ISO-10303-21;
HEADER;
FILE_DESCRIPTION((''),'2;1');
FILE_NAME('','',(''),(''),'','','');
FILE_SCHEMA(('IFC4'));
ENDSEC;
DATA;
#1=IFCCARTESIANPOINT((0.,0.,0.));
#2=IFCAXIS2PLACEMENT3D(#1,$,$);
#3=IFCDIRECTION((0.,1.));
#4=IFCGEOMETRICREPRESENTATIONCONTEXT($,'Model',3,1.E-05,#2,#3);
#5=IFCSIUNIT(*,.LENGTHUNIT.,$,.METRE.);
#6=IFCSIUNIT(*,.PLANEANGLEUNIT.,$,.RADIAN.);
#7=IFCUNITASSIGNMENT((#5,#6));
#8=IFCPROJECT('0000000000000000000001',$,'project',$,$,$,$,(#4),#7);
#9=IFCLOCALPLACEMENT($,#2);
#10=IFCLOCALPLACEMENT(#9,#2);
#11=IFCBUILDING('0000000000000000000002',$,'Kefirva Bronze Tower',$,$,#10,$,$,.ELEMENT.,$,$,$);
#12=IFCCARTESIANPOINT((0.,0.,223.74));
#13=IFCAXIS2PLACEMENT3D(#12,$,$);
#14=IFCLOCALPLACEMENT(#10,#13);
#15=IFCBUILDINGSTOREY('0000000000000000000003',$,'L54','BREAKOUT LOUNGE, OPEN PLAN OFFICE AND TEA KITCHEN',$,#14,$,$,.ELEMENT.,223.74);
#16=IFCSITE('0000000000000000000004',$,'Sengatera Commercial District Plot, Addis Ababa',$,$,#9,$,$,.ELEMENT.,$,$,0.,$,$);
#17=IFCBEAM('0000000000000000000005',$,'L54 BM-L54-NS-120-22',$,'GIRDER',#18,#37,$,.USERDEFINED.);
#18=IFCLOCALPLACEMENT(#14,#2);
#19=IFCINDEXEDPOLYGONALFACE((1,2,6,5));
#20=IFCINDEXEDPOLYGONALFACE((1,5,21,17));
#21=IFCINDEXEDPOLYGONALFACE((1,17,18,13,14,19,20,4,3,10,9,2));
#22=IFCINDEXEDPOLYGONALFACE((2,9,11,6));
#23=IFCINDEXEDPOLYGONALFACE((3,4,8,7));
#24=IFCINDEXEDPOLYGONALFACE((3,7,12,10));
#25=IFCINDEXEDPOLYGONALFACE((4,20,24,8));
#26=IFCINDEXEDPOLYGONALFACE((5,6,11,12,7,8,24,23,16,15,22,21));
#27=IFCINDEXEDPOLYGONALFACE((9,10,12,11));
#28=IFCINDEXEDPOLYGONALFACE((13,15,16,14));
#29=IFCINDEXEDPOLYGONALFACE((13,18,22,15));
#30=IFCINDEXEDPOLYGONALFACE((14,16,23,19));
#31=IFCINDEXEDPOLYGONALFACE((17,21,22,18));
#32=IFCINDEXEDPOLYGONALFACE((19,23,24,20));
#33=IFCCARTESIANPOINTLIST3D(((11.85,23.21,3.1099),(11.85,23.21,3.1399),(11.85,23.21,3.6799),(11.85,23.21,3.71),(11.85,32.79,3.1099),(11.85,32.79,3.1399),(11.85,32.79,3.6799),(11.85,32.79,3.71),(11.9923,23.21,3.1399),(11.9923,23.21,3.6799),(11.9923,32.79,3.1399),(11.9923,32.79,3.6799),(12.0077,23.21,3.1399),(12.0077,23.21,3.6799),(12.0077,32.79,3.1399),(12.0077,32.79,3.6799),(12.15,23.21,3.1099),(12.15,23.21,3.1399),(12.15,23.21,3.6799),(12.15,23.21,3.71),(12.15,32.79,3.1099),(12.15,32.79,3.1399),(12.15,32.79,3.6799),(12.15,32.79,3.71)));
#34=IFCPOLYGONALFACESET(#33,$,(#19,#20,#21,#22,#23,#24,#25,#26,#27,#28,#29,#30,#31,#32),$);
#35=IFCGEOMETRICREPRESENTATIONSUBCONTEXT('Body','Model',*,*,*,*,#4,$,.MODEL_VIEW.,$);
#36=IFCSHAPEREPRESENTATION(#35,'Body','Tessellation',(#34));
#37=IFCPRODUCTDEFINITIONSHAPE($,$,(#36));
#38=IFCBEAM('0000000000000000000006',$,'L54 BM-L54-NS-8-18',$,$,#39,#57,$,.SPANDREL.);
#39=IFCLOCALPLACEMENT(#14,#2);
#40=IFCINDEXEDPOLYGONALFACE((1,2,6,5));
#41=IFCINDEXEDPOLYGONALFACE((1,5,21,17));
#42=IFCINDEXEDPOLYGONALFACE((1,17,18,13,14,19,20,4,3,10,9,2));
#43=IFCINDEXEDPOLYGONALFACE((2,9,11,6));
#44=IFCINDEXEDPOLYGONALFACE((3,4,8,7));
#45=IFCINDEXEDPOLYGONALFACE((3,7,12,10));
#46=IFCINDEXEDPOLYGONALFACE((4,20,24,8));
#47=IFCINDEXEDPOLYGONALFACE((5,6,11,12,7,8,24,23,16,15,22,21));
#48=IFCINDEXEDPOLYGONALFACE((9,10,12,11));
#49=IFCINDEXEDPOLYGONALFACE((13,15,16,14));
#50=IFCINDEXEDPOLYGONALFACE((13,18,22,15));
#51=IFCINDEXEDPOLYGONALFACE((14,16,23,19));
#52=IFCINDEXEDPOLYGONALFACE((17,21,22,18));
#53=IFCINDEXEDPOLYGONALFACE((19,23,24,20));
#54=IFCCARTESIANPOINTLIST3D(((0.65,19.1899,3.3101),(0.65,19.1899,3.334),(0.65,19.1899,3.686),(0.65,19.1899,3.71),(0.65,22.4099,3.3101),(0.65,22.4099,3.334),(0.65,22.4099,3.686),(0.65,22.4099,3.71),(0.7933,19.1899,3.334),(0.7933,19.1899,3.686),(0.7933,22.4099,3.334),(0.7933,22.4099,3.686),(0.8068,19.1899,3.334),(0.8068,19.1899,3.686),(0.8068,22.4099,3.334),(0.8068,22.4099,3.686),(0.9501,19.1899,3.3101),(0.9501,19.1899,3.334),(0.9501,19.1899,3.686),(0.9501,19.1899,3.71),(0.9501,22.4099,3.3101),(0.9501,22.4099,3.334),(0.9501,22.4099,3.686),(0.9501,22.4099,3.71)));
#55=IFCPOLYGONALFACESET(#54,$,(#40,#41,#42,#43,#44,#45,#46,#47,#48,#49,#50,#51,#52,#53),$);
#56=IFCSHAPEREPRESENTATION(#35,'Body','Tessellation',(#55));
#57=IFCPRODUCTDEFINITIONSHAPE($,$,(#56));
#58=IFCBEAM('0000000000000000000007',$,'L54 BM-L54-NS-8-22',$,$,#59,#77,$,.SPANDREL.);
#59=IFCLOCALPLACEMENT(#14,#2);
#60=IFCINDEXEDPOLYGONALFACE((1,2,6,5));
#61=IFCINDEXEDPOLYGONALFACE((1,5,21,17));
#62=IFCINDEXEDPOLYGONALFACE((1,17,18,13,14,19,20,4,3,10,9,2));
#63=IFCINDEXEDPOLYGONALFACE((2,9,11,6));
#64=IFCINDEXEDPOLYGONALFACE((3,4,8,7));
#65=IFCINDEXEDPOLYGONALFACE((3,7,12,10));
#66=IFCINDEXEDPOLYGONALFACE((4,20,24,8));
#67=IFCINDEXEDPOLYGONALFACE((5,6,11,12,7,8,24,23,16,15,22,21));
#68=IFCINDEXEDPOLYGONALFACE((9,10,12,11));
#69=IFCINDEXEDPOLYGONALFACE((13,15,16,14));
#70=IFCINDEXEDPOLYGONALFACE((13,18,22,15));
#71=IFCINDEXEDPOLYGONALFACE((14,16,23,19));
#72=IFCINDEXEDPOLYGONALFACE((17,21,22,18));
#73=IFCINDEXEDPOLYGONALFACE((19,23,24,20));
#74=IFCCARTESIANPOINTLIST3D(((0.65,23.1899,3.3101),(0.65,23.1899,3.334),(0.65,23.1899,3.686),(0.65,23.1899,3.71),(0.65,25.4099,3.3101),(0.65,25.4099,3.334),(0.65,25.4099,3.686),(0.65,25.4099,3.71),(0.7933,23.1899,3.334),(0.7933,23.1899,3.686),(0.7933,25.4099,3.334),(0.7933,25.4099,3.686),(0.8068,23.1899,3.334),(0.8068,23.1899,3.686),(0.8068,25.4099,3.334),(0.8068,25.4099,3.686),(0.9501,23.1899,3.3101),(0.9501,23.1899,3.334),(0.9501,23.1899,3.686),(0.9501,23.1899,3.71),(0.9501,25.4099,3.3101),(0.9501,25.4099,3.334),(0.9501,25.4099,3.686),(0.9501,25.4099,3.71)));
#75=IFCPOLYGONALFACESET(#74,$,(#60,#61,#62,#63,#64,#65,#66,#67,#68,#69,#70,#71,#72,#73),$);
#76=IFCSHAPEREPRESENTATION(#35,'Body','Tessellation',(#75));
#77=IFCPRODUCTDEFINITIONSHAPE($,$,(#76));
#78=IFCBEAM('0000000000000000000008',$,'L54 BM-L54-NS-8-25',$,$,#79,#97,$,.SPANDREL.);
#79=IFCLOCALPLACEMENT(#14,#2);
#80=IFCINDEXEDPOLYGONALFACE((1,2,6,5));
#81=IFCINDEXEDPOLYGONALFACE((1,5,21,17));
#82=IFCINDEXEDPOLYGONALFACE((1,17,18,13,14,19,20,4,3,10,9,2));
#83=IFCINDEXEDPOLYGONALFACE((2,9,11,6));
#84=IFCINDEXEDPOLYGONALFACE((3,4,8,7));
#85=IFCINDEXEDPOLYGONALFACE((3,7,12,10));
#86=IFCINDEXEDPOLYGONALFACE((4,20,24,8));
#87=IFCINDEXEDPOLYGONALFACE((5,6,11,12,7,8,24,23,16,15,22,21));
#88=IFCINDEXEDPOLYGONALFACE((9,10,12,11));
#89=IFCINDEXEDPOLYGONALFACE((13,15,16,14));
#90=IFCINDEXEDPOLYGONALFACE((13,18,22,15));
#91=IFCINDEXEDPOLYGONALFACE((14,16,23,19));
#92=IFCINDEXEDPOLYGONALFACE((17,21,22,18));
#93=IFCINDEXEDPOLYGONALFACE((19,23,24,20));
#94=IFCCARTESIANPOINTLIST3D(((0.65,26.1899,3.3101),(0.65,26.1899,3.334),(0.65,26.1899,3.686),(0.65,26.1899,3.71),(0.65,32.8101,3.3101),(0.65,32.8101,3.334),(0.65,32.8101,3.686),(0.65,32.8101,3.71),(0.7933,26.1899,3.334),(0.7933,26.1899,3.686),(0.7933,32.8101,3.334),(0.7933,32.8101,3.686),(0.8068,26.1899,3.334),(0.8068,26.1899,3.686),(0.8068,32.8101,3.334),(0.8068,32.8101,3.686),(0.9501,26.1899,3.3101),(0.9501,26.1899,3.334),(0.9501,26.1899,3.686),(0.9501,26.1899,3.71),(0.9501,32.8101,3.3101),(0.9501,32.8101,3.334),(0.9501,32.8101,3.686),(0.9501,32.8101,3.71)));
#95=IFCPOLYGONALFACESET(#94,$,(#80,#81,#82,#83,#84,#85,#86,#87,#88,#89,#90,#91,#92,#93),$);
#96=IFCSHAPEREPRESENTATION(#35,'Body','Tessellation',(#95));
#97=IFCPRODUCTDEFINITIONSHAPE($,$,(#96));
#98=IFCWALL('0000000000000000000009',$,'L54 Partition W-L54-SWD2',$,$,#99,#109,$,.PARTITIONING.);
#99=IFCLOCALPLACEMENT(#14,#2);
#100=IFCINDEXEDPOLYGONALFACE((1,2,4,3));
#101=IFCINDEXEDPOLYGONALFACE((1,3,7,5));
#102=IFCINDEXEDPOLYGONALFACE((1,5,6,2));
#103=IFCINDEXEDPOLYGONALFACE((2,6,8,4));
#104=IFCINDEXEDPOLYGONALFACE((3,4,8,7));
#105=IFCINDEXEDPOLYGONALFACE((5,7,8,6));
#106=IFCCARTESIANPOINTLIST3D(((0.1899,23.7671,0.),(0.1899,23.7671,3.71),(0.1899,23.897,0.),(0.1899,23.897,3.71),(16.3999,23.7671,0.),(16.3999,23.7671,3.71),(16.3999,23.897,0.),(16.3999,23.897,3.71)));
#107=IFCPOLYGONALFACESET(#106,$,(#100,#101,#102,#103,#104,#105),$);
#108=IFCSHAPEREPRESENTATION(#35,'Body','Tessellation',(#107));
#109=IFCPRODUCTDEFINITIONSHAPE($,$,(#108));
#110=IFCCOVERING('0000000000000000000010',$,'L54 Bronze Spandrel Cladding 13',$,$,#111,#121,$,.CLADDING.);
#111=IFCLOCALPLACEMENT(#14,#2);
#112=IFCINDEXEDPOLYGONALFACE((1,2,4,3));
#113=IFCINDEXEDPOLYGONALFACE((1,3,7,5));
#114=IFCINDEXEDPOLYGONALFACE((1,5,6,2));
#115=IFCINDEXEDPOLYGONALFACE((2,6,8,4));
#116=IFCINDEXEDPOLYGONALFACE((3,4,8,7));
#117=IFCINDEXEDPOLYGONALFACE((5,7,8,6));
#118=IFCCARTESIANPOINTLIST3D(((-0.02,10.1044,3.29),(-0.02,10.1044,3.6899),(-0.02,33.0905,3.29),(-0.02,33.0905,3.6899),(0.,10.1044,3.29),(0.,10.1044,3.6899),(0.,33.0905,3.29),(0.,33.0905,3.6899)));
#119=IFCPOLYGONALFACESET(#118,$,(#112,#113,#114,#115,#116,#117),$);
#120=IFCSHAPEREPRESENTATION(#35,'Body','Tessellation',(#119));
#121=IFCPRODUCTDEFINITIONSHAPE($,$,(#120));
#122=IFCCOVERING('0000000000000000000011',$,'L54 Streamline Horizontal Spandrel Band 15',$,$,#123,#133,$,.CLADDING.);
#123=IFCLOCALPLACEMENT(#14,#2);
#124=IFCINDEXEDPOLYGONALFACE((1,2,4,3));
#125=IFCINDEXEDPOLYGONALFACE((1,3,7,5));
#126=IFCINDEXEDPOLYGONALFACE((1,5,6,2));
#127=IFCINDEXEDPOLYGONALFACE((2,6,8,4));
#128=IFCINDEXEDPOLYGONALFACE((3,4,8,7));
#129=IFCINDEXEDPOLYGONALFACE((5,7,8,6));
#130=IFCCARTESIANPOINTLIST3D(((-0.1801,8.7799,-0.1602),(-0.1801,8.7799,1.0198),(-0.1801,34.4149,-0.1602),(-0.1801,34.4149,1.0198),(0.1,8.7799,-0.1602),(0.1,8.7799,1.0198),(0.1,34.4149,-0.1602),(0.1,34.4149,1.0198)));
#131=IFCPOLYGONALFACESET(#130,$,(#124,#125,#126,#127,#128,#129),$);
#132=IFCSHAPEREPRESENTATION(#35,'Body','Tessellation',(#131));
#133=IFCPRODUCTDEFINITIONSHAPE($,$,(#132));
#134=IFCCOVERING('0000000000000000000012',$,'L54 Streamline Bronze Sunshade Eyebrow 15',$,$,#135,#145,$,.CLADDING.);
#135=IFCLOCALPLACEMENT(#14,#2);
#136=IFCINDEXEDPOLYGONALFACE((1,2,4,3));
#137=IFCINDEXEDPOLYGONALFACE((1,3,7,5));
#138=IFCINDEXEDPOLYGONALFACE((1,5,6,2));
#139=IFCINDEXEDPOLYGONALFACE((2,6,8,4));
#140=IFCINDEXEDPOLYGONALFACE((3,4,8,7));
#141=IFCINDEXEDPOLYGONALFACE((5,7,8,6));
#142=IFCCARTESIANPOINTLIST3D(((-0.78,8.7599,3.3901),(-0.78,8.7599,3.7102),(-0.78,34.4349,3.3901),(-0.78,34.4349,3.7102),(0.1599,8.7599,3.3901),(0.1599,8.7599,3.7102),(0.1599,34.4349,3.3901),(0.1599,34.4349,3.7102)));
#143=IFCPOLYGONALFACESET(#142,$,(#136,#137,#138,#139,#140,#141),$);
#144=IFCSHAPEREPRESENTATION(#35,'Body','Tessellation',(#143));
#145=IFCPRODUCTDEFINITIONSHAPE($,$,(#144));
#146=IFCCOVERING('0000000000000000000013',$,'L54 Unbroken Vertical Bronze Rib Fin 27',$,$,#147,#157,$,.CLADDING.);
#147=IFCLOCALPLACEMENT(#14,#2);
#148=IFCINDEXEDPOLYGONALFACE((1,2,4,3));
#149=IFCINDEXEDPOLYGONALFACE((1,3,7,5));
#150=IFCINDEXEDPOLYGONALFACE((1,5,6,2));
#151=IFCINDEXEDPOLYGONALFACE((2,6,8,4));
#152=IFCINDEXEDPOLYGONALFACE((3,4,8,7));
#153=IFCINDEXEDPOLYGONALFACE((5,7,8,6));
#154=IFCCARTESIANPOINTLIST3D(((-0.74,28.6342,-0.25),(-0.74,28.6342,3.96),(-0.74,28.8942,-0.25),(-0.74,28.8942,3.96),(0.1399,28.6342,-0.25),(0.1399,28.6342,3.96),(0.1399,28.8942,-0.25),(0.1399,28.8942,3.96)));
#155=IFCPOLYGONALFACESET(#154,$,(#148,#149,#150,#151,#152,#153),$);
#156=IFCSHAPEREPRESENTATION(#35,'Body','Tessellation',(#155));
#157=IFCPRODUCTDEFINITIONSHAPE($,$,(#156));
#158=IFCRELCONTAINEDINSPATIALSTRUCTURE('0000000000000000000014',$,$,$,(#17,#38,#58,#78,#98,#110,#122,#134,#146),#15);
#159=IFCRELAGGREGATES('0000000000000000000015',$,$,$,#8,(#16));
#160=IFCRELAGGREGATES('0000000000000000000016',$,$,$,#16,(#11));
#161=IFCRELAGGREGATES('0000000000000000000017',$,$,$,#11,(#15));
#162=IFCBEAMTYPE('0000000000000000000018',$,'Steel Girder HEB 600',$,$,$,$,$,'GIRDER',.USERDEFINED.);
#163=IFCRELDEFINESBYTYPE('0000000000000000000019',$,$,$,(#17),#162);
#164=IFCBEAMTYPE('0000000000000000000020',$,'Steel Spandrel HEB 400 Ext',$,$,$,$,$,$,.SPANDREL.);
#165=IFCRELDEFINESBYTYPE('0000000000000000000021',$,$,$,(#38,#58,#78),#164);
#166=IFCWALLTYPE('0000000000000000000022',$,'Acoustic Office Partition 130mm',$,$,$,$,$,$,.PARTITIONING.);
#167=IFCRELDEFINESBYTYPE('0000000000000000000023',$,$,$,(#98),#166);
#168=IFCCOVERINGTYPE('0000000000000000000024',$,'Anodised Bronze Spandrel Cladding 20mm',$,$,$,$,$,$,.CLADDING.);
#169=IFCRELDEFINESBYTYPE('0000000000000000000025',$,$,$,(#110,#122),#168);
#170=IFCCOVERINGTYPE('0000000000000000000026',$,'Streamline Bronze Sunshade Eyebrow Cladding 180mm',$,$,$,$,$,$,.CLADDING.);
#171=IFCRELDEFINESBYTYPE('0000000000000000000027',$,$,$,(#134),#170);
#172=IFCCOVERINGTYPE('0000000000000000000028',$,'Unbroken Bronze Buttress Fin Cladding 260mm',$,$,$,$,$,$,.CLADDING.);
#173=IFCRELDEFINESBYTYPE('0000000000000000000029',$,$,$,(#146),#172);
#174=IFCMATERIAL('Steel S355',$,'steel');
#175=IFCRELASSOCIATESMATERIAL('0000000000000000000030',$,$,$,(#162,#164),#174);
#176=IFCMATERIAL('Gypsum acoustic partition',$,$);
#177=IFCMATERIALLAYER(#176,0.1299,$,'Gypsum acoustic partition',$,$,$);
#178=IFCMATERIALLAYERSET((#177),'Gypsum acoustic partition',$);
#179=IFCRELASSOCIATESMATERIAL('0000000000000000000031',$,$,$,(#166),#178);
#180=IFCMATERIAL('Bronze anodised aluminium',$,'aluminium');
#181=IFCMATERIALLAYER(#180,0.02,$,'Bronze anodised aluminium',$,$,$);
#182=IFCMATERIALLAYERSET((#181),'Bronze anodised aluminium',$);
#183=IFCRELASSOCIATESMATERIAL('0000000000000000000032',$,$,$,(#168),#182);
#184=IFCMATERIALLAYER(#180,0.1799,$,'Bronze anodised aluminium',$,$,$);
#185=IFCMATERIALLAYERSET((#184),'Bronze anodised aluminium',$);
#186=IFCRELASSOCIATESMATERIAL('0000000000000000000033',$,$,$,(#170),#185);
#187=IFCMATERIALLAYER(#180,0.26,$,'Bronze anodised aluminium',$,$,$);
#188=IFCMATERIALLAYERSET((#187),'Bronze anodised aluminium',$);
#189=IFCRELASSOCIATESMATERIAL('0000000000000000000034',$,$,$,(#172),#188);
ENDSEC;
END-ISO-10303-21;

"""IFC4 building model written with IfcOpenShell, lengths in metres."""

from ifc_helpers import new_model, si_unit, direction, frame, frame_2d, origin, origin_2d, place, context, subcontext, project, spatial, rectangle, i_section, extrude, material, layer, layer_set, material_profile, profile_set, type_object, element, save


model = new_model("IFC4")

# Units and contexts
model_context = context("Model", 3, precision=1e-05, world=origin(), true_north=direction((0.0, 1.0)))
body_context = subcontext(model_context, "Body", "Model", "MODEL_VIEW")
ifc_project = project(units=[si_unit("LENGTHUNIT", "METRE"), si_unit("PLANEANGLEUNIT", "RADIAN")], contexts=[model_context])

# Site, building, storey
site_placement = place(None, origin())
site = spatial("IfcSite", under=ifc_project, at=site_placement, Name="Sengatera Commercial District Plot, Addis Ababa", CompositionType="ELEMENT", RefElevation=0.0)
building_placement = place(site_placement, origin())
building = spatial("IfcBuilding", under=site, at=building_placement, Name="Kefirva Bronze Tower", CompositionType="ELEMENT")
storey_placement = place(building_placement, frame((0.0, 0.0, 223.74)))
storey = spatial("IfcBuildingStorey", under=building, at=storey_placement, Name="L54", Description="BREAKOUT LOUNGE, OPEN PLAN OFFICE AND TEA KITCHEN", CompositionType="ELEMENT", Elevation=223.74)

# Beams
ifc_material_1 = material(Name="Steel S355", Category="steel")
ifc_material_profile_1 = material_profile(ifc_material_1, i_section(OverallWidth=0.3, OverallDepth=0.6001, WebThickness=0.0154, FlangeThickness=0.03, at=origin_2d()), Name="HEB 600")
ifc_profile_set_1 = profile_set([ifc_material_profile_1], Name="Steel S355")
beam_type_1 = type_object("IfcBeamType", Name="Steel Girder HEB 600", ElementType="GIRDER", PredefinedType="USERDEFINED", material=ifc_profile_set_1)
beam_1_placement = place(storey_placement, frame((12.0, 23.21, 3.4099), z_axis=(0.0, 1.0, 0.0), x_axis=(-1.0, 0.0, 0.0)))
element("IfcBeam", 1, at=beam_1_placement, inside=storey, type_object=beam_type_1, Name="L54 BM-L54-NS-120-22", ObjectType="GIRDER", PredefinedType="USERDEFINED", context=body_context, shape_type="SweptSolid", body=[
    extrude(i_section(OverallWidth=0.3, OverallDepth=0.6001, WebThickness=0.0154, FlangeThickness=0.03, at=origin_2d()), origin(), (0.0, 0.0, 1.0), 9.5801),
])
ifc_material_profile_2 = material_profile(ifc_material_1, i_section(OverallWidth=0.3, OverallDepth=0.3999, WebThickness=0.0134, FlangeThickness=0.0239, at=origin_2d()), Name="HEB 400")
ifc_profile_set_2 = profile_set([ifc_material_profile_2], Name="Steel S355")
beam_type_2 = type_object("IfcBeamType", Name="Steel Spandrel HEB 400 Ext", PredefinedType="SPANDREL", material=ifc_profile_set_2)
beam_2_placement = place(storey_placement, frame((0.8, 19.1899, 3.51), z_axis=(0.0, 1.0, 0.0), x_axis=(-1.0, 0.0, 0.0)))
element("IfcBeam", 2, at=beam_2_placement, inside=storey, type_object=beam_type_2, Name="L54 BM-L54-NS-8-18", PredefinedType="SPANDREL", context=body_context, shape_type="SweptSolid", body=[
    extrude(i_section(OverallWidth=0.3, OverallDepth=0.3999, WebThickness=0.0134, FlangeThickness=0.0239, at=origin_2d()), origin(), (0.0, 0.0, 1.0), 3.22),
])
beam_3_placement = place(storey_placement, frame((0.8, 23.1899, 3.51), z_axis=(0.0, 1.0, 0.0), x_axis=(-1.0, 0.0, 0.0)))
element("IfcBeam", 3, at=beam_3_placement, inside=storey, type_object=beam_type_2, Name="L54 BM-L54-NS-8-22", PredefinedType="SPANDREL", context=body_context, shape_type="SweptSolid", body=[
    extrude(i_section(OverallWidth=0.3, OverallDepth=0.3999, WebThickness=0.0134, FlangeThickness=0.0239, at=origin_2d()), origin(), (0.0, 0.0, 1.0), 2.22),
])
beam_4_placement = place(storey_placement, frame((0.8, 26.1899, 3.51), z_axis=(0.0, 1.0, 0.0), x_axis=(-1.0, 0.0, 0.0)))
element("IfcBeam", 4, at=beam_4_placement, inside=storey, type_object=beam_type_2, Name="L54 BM-L54-NS-8-25", PredefinedType="SPANDREL", context=body_context, shape_type="SweptSolid", body=[
    extrude(i_section(OverallWidth=0.3, OverallDepth=0.3999, WebThickness=0.0134, FlangeThickness=0.0239, at=origin_2d()), origin(), (0.0, 0.0, 1.0), 6.6201),
])

# Wall
ifc_material_2 = material(Name="Gypsum acoustic partition")
ifc_layer_1 = layer(ifc_material_2, 0.1299, Name="Gypsum acoustic partition")
ifc_layer_set_1 = layer_set([ifc_layer_1], Name="Gypsum acoustic partition")
wall_type = type_object("IfcWallType", Name="Acoustic Office Partition 130mm", PredefinedType="PARTITIONING", material=ifc_layer_set_1)
wall_placement = place(storey_placement, frame((0.1899, 23.832, 0.0), z_axis=(0.0, 0.0, 1.0), x_axis=(1.0, 0.0, 0.0)))
element("IfcWall", 5, at=wall_placement, inside=storey, type_object=wall_type, Name="L54 Partition W-L54-SWD2", PredefinedType="PARTITIONING", context=body_context, shape_type="SweptSolid", body=[
    extrude(rectangle(XDim=16.21, YDim=0.1299, at=frame_2d((8.105, 0.0))), origin(), (0.0, 0.0, 1.0), 3.71),
])

# Coverings
ifc_material_3 = material(Name="Bronze anodised aluminium", Category="aluminium")
ifc_layer_2 = layer(ifc_material_3, 0.02, Name="Bronze anodised aluminium")
ifc_layer_set_2 = layer_set([ifc_layer_2], Name="Bronze anodised aluminium")
covering_type_1 = type_object("IfcCoveringType", Name="Anodised Bronze Spandrel Cladding 20mm", PredefinedType="CLADDING", material=ifc_layer_set_2)
covering_1_placement = place(storey_placement, frame((-0.01, 21.5974, 3.29), z_axis=(0.0, 0.0, 1.0), x_axis=(0.0, -1.0, 0.0)))
element("IfcCovering", 6, at=covering_1_placement, inside=storey, type_object=covering_type_1, Name="L54 Bronze Spandrel Cladding 13", PredefinedType="CLADDING", context=body_context, shape_type="SweptSolid", body=[
    extrude(rectangle(XDim=22.9861, YDim=0.02, at=origin_2d()), origin(), (0.0, 0.0, 1.0), 0.3999),
])
covering_2_placement = place(storey_placement, frame((-0.04, 21.5974, -0.1602), z_axis=(0.0, 0.0, 1.0), x_axis=(0.0, -1.0, 0.0)))
element("IfcCovering", 7, at=covering_2_placement, inside=storey, type_object=covering_type_1, Name="L54 Streamline Horizontal Spandrel Band 15", PredefinedType="CLADDING", context=body_context, shape_type="SweptSolid", body=[
    extrude(rectangle(XDim=25.635, YDim=0.28, at=origin_2d()), origin(), (0.0, 0.0, 1.0), 1.1799),
])
ifc_layer_3 = layer(ifc_material_3, 0.1799, Name="Bronze anodised aluminium")
ifc_layer_set_3 = layer_set([ifc_layer_3], Name="Bronze anodised aluminium")
covering_type_2 = type_object("IfcCoveringType", Name="Streamline Bronze Sunshade Eyebrow Cladding 180mm", PredefinedType="CLADDING", material=ifc_layer_set_3)
covering_3_placement = place(storey_placement, frame((-0.3101, 21.5974, 3.3901), z_axis=(0.0, 0.0, 1.0), x_axis=(0.0, -1.0, 0.0)))
element("IfcCovering", 8, at=covering_3_placement, inside=storey, type_object=covering_type_2, Name="L54 Streamline Bronze Sunshade Eyebrow 15", PredefinedType="CLADDING", context=body_context, shape_type="SweptSolid", body=[
    extrude(rectangle(XDim=25.675, YDim=0.9399, at=origin_2d()), origin(), (0.0, 0.0, 1.0), 0.3201),
])
ifc_layer_4 = layer(ifc_material_3, 0.26, Name="Bronze anodised aluminium")
ifc_layer_set_4 = layer_set([ifc_layer_4], Name="Bronze anodised aluminium")
covering_type_3 = type_object("IfcCoveringType", Name="Unbroken Bronze Buttress Fin Cladding 260mm", PredefinedType="CLADDING", material=ifc_layer_set_4)
covering_4_placement = place(storey_placement, frame((-0.3, 28.7642, -0.25), z_axis=(0.0, 0.0, 1.0), x_axis=(0.0, -1.0, 0.0)))
element("IfcCovering", 9, at=covering_4_placement, inside=storey, type_object=covering_type_3, Name="L54 Unbroken Vertical Bronze Rib Fin 27", PredefinedType="CLADDING", context=body_context, shape_type="SweptSolid", body=[
    extrude(rectangle(XDim=0.26, YDim=0.8799, at=origin_2d()), origin(), (0.0, 0.0, 1.0), 4.21),
])

save(model, "model.ifc")
